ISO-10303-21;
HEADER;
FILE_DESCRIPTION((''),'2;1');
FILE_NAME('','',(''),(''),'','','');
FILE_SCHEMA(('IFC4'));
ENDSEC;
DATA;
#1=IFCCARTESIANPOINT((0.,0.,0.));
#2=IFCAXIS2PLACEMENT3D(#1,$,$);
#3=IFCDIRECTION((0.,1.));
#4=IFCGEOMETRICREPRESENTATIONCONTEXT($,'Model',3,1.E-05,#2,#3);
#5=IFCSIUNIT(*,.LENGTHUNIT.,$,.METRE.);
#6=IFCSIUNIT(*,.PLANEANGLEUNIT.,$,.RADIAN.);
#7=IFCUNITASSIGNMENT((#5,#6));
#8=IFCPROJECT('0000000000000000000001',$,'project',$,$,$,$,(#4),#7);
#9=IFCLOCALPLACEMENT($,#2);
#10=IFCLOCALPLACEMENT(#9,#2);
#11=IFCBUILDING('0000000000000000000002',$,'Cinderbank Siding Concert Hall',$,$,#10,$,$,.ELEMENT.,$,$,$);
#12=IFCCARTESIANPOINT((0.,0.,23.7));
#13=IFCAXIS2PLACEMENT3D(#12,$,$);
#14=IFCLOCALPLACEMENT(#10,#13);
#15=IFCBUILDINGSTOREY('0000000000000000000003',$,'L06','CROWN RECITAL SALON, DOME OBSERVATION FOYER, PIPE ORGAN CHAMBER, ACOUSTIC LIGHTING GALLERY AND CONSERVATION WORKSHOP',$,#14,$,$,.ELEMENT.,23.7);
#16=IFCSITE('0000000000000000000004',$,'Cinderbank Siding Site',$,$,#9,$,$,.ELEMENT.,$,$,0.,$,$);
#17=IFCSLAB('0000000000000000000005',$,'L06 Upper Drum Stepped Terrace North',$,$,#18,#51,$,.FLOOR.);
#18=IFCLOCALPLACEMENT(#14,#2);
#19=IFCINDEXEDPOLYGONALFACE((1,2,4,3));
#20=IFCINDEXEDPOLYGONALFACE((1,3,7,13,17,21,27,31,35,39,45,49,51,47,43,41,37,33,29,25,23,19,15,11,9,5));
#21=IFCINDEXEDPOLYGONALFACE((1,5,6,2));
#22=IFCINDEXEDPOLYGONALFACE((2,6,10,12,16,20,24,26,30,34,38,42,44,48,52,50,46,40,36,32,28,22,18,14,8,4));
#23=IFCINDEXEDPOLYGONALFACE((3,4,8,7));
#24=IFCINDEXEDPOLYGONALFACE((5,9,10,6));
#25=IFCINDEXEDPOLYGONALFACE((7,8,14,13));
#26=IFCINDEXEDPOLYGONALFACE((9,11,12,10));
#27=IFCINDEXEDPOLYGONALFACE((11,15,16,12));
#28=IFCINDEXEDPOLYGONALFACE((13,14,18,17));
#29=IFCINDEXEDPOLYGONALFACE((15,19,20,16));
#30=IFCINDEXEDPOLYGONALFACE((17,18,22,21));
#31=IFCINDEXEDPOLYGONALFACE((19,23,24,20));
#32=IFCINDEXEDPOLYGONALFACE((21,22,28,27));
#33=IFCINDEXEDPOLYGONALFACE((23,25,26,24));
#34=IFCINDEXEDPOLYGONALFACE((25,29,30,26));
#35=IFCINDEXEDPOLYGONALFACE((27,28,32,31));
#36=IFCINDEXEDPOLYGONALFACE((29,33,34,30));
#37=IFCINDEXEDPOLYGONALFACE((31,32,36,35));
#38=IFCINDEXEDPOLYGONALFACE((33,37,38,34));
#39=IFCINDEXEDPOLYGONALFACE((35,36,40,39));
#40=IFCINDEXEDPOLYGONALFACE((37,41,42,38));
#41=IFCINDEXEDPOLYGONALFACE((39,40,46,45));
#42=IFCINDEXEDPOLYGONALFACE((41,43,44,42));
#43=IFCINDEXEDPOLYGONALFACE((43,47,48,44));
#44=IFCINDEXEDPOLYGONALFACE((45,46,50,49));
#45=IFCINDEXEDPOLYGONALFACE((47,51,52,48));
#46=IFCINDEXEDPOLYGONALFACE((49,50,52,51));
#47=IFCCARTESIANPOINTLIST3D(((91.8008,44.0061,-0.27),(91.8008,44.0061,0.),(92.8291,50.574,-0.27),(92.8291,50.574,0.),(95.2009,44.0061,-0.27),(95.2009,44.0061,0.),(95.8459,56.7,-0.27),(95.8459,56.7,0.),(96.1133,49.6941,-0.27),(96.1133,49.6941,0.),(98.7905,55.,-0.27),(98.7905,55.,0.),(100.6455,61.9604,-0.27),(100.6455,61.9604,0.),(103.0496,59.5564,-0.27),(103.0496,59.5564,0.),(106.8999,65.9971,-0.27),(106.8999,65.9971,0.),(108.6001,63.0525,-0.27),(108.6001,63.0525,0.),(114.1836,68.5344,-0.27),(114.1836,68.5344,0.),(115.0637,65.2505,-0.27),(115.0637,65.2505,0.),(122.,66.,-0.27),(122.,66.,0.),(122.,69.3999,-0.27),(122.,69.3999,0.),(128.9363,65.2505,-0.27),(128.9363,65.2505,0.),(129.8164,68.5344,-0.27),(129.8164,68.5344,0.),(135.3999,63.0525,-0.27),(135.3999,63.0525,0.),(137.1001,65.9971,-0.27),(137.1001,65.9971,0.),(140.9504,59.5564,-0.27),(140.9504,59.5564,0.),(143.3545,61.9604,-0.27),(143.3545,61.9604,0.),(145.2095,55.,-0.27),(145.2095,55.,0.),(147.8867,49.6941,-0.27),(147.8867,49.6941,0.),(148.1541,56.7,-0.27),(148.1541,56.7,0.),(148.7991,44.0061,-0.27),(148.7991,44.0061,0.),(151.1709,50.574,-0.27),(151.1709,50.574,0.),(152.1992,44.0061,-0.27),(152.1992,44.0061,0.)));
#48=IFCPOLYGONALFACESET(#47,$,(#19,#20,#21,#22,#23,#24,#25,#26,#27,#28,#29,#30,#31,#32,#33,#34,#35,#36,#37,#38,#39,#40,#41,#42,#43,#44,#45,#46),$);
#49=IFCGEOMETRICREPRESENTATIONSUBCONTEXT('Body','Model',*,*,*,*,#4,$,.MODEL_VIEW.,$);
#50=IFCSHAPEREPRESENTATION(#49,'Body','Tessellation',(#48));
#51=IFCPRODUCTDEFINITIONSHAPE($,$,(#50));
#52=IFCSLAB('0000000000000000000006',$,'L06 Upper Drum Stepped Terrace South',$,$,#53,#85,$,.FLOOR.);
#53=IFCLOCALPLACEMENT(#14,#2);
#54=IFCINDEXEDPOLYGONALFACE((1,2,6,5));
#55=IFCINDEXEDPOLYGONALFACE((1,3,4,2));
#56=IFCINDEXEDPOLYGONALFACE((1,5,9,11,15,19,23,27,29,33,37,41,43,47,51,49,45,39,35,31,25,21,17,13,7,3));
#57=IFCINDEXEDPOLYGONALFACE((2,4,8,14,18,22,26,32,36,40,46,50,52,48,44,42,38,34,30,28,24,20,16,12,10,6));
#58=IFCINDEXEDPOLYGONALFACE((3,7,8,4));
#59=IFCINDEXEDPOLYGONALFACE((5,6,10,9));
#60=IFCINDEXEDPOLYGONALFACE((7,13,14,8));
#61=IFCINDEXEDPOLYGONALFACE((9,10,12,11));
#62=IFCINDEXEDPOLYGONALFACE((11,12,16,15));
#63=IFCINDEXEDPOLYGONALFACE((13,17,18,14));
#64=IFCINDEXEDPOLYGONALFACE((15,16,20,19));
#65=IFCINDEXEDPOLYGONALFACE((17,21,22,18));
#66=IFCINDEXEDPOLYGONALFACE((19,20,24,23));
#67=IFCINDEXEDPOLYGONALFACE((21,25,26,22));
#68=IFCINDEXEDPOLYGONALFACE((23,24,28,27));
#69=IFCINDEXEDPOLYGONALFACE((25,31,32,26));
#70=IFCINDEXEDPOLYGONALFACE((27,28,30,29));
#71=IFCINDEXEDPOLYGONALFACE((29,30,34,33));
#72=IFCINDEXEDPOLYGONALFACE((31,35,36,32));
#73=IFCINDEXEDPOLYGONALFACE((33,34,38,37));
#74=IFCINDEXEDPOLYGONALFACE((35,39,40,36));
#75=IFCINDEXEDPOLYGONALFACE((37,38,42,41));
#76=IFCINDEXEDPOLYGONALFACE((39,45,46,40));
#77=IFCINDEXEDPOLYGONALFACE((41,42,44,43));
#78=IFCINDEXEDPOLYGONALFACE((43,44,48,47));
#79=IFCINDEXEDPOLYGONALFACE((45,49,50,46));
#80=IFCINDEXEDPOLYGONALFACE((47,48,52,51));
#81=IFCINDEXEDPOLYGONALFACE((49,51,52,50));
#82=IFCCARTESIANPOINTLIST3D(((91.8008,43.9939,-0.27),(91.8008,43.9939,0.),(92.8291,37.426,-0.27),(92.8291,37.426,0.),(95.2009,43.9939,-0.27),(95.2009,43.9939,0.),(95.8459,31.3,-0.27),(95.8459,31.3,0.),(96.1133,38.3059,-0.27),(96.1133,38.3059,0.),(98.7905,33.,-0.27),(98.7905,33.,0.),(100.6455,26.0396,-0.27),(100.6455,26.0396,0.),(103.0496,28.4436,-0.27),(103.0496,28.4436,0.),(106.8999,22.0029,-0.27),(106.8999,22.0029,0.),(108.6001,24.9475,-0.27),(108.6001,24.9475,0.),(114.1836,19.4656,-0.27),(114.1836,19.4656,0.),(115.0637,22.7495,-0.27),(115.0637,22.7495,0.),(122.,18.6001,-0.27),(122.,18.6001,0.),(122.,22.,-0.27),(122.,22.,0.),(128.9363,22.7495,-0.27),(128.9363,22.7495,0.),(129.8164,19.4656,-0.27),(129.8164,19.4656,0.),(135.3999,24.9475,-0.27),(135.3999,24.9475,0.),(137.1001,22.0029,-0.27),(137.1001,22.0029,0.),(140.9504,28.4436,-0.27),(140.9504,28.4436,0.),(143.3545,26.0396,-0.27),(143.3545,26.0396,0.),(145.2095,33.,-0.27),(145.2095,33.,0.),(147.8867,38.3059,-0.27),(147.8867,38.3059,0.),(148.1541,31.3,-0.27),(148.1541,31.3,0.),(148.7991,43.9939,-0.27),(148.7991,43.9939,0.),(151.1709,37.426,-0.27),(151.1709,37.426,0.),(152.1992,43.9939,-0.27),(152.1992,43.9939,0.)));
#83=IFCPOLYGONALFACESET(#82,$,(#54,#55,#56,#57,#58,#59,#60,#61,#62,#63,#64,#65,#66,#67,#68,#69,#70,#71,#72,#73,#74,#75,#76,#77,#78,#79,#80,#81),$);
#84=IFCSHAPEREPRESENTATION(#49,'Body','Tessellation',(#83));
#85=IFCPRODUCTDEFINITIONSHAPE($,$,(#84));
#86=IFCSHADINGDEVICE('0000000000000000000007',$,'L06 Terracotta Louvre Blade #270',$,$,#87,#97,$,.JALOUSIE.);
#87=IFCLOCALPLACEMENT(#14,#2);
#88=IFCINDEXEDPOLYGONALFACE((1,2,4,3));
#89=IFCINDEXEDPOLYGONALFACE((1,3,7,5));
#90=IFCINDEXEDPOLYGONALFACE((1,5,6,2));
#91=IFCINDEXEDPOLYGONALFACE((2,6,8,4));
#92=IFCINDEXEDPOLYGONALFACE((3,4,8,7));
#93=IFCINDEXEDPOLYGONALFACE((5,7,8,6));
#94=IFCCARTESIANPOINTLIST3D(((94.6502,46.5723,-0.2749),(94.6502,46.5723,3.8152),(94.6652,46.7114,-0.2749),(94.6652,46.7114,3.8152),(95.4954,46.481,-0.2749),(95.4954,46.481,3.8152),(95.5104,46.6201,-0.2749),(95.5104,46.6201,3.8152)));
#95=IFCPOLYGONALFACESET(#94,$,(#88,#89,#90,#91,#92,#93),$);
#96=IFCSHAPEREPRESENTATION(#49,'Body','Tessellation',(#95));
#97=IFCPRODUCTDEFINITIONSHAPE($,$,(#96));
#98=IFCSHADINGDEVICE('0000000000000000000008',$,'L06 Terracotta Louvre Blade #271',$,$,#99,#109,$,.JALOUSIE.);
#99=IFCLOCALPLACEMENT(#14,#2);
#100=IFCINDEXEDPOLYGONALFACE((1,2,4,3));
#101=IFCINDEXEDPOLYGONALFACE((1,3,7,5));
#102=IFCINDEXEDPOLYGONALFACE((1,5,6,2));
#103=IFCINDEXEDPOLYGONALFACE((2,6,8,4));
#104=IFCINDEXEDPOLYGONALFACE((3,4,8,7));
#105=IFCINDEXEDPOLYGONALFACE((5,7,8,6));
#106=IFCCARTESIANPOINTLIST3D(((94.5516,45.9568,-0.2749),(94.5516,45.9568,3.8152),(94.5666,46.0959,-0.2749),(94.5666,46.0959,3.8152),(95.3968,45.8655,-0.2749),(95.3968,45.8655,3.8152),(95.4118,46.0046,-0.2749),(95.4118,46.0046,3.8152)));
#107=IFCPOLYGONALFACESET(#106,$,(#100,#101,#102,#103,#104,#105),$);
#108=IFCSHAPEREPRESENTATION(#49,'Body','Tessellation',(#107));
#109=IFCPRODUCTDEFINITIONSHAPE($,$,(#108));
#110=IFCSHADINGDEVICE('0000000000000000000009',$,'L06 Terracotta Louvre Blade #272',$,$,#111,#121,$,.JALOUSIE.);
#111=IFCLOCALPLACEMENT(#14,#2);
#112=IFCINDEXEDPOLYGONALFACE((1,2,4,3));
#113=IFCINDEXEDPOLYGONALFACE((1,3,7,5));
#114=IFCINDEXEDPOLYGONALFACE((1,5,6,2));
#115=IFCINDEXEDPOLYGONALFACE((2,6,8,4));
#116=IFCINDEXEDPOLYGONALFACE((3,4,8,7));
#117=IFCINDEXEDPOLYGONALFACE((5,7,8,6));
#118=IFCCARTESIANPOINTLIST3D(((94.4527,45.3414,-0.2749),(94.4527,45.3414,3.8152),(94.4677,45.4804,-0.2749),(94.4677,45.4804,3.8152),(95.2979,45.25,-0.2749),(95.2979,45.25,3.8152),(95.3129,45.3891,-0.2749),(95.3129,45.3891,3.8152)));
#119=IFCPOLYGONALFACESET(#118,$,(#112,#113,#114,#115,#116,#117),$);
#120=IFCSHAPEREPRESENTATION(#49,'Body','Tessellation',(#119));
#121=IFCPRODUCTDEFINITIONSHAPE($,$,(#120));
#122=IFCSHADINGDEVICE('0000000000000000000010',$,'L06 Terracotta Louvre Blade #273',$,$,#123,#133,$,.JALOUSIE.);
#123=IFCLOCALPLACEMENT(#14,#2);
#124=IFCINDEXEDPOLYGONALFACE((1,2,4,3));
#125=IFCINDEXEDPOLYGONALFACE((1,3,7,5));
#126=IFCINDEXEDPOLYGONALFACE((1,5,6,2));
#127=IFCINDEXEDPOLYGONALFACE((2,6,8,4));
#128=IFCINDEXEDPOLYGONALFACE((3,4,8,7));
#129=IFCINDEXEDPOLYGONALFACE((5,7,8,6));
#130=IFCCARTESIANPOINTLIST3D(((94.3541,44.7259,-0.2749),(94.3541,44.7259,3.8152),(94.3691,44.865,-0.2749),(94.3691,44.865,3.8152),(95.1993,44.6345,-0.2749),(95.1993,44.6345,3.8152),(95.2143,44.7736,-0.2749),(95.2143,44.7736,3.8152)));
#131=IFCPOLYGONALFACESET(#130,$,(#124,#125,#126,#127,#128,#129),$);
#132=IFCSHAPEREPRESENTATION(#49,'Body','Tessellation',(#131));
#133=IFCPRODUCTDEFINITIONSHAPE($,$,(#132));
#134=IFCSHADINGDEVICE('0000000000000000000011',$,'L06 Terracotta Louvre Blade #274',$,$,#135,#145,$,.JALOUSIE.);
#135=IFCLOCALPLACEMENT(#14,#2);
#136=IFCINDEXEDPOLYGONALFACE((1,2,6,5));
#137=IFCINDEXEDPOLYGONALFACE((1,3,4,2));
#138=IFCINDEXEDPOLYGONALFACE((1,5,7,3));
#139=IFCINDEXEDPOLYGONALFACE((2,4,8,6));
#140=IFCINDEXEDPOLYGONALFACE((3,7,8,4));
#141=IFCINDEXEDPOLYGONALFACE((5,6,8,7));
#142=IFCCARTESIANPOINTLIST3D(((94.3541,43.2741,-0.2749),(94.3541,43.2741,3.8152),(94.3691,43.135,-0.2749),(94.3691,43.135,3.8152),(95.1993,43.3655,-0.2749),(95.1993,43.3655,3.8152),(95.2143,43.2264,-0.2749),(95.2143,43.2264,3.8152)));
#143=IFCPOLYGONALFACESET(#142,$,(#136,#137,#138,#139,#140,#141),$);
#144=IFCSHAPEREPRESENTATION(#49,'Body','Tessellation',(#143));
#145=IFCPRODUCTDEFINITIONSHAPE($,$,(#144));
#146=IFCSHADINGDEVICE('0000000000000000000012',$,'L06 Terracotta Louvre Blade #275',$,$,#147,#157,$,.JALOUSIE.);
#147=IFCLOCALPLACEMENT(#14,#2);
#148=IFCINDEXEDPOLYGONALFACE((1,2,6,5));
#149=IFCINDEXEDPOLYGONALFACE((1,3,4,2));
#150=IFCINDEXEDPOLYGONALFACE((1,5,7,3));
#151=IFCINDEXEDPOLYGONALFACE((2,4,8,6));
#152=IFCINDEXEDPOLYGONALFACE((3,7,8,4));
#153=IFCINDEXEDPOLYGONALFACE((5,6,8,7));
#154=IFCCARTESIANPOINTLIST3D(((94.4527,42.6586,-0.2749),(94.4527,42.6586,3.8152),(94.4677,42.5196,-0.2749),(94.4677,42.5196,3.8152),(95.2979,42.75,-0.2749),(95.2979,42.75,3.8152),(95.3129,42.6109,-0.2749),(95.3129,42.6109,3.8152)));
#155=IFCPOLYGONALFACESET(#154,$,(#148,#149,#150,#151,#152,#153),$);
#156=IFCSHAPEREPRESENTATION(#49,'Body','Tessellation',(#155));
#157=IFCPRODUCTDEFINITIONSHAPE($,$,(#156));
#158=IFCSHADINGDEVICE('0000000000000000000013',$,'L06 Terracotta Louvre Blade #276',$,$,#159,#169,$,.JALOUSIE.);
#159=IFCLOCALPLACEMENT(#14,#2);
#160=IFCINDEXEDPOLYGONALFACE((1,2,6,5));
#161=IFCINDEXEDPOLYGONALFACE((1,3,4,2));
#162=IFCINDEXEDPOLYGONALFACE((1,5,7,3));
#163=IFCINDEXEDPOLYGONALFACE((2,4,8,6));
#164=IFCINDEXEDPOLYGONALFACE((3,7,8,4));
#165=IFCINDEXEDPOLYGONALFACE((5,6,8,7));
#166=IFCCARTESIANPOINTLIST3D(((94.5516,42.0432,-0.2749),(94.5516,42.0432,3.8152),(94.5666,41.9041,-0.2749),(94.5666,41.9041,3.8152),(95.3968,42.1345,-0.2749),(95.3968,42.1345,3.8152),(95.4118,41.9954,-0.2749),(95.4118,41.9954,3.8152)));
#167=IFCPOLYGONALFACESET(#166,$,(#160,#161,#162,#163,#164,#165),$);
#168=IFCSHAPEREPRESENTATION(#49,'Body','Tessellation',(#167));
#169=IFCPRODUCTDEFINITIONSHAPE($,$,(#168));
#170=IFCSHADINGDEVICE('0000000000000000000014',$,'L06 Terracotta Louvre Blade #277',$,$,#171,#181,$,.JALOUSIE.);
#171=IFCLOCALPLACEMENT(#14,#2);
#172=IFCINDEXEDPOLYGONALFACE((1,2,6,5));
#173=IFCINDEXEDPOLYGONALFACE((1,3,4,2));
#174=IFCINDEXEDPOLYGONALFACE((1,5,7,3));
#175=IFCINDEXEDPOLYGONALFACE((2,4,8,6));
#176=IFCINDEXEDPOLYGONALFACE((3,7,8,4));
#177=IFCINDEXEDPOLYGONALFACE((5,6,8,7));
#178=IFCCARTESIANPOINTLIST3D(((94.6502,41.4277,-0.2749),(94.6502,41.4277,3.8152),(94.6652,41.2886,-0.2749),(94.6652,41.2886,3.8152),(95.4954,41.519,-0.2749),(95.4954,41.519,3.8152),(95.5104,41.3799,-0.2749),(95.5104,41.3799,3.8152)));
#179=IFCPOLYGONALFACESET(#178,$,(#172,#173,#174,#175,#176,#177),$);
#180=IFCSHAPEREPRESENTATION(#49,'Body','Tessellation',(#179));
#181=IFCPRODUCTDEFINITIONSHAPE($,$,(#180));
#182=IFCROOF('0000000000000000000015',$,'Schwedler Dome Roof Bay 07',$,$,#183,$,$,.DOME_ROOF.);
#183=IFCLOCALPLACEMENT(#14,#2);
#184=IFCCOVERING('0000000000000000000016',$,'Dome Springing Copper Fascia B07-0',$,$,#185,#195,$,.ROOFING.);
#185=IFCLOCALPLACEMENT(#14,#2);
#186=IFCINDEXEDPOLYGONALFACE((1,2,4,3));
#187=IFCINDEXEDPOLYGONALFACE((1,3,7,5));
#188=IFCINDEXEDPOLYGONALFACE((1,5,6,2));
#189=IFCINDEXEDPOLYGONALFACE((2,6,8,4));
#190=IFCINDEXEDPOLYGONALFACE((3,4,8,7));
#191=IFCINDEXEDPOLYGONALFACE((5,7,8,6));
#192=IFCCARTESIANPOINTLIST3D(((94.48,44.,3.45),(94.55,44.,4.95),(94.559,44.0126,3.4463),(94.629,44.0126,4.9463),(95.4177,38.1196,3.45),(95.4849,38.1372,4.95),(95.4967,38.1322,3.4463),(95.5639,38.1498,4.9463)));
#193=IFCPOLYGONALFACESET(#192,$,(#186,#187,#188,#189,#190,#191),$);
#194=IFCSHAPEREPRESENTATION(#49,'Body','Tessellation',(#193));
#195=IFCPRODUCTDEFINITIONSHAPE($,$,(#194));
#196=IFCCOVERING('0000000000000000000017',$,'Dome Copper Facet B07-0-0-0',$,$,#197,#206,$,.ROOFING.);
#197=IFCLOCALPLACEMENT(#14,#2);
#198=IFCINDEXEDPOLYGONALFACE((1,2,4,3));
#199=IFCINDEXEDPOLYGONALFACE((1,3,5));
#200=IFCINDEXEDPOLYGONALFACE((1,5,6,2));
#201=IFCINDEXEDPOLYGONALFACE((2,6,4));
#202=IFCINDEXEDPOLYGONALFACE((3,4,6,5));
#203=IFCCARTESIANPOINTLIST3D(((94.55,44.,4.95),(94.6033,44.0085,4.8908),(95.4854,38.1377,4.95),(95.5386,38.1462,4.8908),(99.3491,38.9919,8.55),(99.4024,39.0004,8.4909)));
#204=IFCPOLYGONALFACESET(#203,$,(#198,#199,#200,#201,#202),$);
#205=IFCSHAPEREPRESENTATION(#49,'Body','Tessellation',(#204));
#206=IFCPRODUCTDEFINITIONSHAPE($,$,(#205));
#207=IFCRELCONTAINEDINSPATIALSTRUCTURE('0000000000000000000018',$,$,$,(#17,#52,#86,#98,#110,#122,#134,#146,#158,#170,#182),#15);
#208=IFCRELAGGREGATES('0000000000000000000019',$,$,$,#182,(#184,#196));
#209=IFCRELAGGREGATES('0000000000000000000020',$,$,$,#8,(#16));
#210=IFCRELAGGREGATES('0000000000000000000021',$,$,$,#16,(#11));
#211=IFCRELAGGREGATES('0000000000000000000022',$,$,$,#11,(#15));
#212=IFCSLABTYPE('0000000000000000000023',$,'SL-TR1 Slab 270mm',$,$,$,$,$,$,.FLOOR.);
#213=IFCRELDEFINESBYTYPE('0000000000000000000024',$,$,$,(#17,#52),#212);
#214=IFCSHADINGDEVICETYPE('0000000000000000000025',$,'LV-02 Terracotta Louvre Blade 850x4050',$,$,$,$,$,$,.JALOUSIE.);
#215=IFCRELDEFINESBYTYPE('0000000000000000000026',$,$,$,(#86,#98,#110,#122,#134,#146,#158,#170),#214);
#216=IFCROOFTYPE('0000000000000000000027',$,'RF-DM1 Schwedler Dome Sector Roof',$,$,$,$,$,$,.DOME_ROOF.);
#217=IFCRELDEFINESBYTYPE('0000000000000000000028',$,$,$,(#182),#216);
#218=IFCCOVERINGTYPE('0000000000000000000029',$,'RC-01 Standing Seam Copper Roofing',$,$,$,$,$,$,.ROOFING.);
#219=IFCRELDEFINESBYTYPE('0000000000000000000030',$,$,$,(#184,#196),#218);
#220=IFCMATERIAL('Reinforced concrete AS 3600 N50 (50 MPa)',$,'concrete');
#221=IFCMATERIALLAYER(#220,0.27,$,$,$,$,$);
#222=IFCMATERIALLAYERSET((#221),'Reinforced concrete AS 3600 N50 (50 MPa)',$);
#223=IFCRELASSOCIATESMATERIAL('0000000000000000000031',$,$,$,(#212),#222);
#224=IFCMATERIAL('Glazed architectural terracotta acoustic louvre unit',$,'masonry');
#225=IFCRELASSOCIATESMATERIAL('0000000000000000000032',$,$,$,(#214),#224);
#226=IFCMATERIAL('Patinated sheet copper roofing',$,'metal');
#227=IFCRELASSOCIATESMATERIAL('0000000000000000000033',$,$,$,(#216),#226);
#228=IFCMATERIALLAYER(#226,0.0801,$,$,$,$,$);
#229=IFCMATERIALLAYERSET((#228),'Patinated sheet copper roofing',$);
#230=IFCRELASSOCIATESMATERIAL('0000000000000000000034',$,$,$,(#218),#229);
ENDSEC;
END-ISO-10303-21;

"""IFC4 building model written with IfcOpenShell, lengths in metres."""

from ifc_helpers import new_model, si_unit, direction, frame, origin, origin_2d, place, context, subcontext, project, spatial, polyline, rectangle, outline, extrude, material, layer, layer_set, type_object, element, aggregate, save


model = new_model("IFC4")

# Units and contexts
model_context = context("Model", 3, precision=1e-05, world=origin(), true_north=direction((0.0, 1.0)))
body_context = subcontext(model_context, "Body", "Model", "MODEL_VIEW")
ifc_project = project(units=[si_unit("LENGTHUNIT", "METRE"), si_unit("PLANEANGLEUNIT", "RADIAN")], contexts=[model_context])

# Site, building, storey
site_placement = place(None, origin())
site = spatial("IfcSite", under=ifc_project, at=site_placement, Name="Cinderbank Siding Site", CompositionType="ELEMENT", RefElevation=0.0)
building_placement = place(site_placement, origin())
building = spatial("IfcBuilding", under=site, at=building_placement, Name="Cinderbank Siding Concert Hall", CompositionType="ELEMENT")
storey_placement = place(building_placement, frame((0.0, 0.0, 23.7)))
storey = spatial("IfcBuildingStorey", under=building, at=storey_placement, Name="L06", Description="CROWN RECITAL SALON, DOME OBSERVATION FOYER, PIPE ORGAN CHAMBER, ACOUSTIC LIGHTING GALLERY AND CONSERVATION WORKSHOP", CompositionType="ELEMENT", Elevation=23.7)

# Slabs
ifc_material_1 = material(Name="Reinforced concrete AS 3600 N50 (50 MPa)", Category="concrete")
ifc_layer_1 = layer(ifc_material_1, 0.27)
ifc_layer_set_1 = layer_set([ifc_layer_1], Name="Reinforced concrete AS 3600 N50 (50 MPa)")
slab_type_1 = type_object("IfcSlabType", Name="SL-TR1 Slab 270mm", PredefinedType="FLOOR", material=ifc_layer_set_1)
slab_1_placement = place(storey_placement, frame((0.0, 0.0, -0.27)))
element("IfcSlab", 1, at=slab_1_placement, inside=storey, type_object=slab_type_1, Name="L06 Upper Drum Stepped Terrace North", PredefinedType="FLOOR", context=body_context, shape_type="SweptSolid", body=[
    extrude(outline(polyline([(92.8291, 50.574), (95.8459, 56.7), (100.6455, 61.9604), (106.8999, 65.9971), (114.1836, 68.5344), (122.0, 69.3999), (129.8164, 68.5344), (137.1001, 65.9971), (143.3545, 61.9604), (148.1541, 56.7), (151.1709, 50.574), (152.1992, 44.0061), (148.7991, 44.0061), (147.8867, 49.6941), (145.2095, 55.0), (140.9504, 59.5564), (135.3999, 63.0525), (128.9363, 65.2505), (122.0, 66.0), (115.0637, 65.2505), (108.6001, 63.0525), (103.0496, 59.5564), (98.7905, 55.0), (96.1133, 49.6941), (95.2009, 44.0061), (91.8008, 44.0061), (92.8291, 50.574)])), origin(), (0.0, 0.0, 1.0), 0.27),
])
slab_2_placement = place(storey_placement, frame((0.0, 0.0, -0.27)))
element("IfcSlab", 2, at=slab_2_placement, inside=storey, type_object=slab_type_1, Name="L06 Upper Drum Stepped Terrace South", PredefinedType="FLOOR", context=body_context, shape_type="SweptSolid", body=[
    extrude(outline(polyline([(148.1541, 31.3), (143.3545, 26.0396), (137.1001, 22.0029), (129.8164, 19.4656), (122.0, 18.6001), (114.1836, 19.4656), (106.8999, 22.0029), (100.6455, 26.0396), (95.8459, 31.3), (92.8291, 37.426), (91.8008, 43.9939), (95.2009, 43.9939), (96.1133, 38.3059), (98.7905, 33.0), (103.0496, 28.4436), (108.6001, 24.9475), (115.0637, 22.7495), (122.0, 22.0), (128.9363, 22.7495), (135.3999, 24.9475), (140.9504, 28.4436), (145.2095, 33.0), (147.8867, 38.3059), (148.7991, 43.9939), (152.1992, 43.9939), (151.1709, 37.426), (148.1541, 31.3)])), origin(), (0.0, 0.0, 1.0), 0.27),
])

# Shading devices
ifc_material_2 = material(Name="Glazed architectural terracotta acoustic louvre unit", Category="masonry")
shading_device_type = type_object("IfcShadingDeviceType", Name="LV-02 Terracotta Louvre Blade 850x4050", PredefinedType="JALOUSIE", material=ifc_material_2)
for number, where, z_axis, x_axis, name in (
    (3, (95.0803, 46.5962, -0.2749), (0.0, 0.0, 1.0), (-0.994211, 0.107447, 0.0), "L06 Terracotta Louvre Blade #270"),
    (4, (94.9817, 45.9807, -0.2749), (0.0, 0.0, 1.0), (-0.994211, 0.107447, 0.0), "L06 Terracotta Louvre Blade #271"),
    (5, (94.8828, 45.3652, -0.2749), (0.0, 0.0, 1.0), (-0.994211, 0.107447, 0.0), "L06 Terracotta Louvre Blade #272"),
    (6, (94.7842, 44.7498, -0.2749), (0.0, 0.0, 1.0), (-0.994211, 0.107447, 0.0), "L06 Terracotta Louvre Blade #273"),
    (7, (94.7842, 43.2502, -0.2749), (0.0, 0.0, 1.0), (-0.994211, -0.107447, 0.0), "L06 Terracotta Louvre Blade #274"),
    (8, (94.8828, 42.6348, -0.2749), (0.0, 0.0, 1.0), (-0.994211, -0.107447, 0.0), "L06 Terracotta Louvre Blade #275"),
    (9, (94.9817, 42.0193, -0.2749), (0.0, 0.0, 1.0), (-0.994211, -0.107447, 0.0), "L06 Terracotta Louvre Blade #276"),
    (10, (95.0803, 41.4038, -0.2749), (0.0, 0.0, 1.0), (-0.994211, -0.107447, 0.0), "L06 Terracotta Louvre Blade #277"),
):
    element("IfcShadingDevice", number, at=place(storey_placement, frame(where, z_axis=z_axis, x_axis=x_axis)), inside=storey, type_object=shading_device_type, Name=name, PredefinedType="JALOUSIE", context=body_context, shape_type="SweptSolid", body=[
        extrude(rectangle(XDim=0.8501, YDim=0.1399, at=origin_2d()), origin(), (0.0, 0.0, 1.0), 4.0901),
    ])

# Roof, coverings
ifc_material_3 = material(Name="Patinated sheet copper roofing", Category="metal")
roof_type = type_object("IfcRoofType", Name="RF-DM1 Schwedler Dome Sector Roof", PredefinedType="DOME_ROOF", material=ifc_material_3)
roof_placement = place(storey_placement, origin())
roof = element("IfcRoof", 11, at=roof_placement, inside=storey, type_object=roof_type, Name="Schwedler Dome Roof Bay 07", PredefinedType="DOME_ROOF")
ifc_layer_2 = layer(ifc_material_3, 0.0801)
ifc_layer_set_2 = layer_set([ifc_layer_2], Name="Patinated sheet copper roofing")
covering_type = type_object("IfcCoveringType", Name="RC-01 Standing Seam Copper Roofing", PredefinedType="ROOFING", material=ifc_layer_set_2)
covering_1_placement = place(storey_placement, frame((94.48, 44.0, 3.45), z_axis=(-0.986477, -0.157303, 0.046039), x_axis=(0.15747, -0.987524, 0.0)))
covering_1 = element("IfcCovering", 12, at=covering_1_placement, type_object=covering_type, Name="Dome Springing Copper Fascia B07-0", PredefinedType="ROOFING", context=body_context, shape_type="SweptSolid", body=[
    extrude(outline(polyline([(0.0, 0.0), (5.9547, 0.0), (5.9479, 1.5016), (0.011, 1.5016), (0.0, 0.0)])), origin(), (0.0, 0.0, -1.0), 0.0801),
])
covering_2_placement = place(storey_placement, frame((94.55, 44.0, 4.95), z_axis=(-0.665191, -0.106128, 0.739092), x_axis=(0.157553, -0.987511, 0.0)))
covering_2 = element("IfcCovering", 13, at=covering_2_placement, type_object=covering_type, Name="Dome Copper Facet B07-0-0-0", PredefinedType="ROOFING", context=body_context, shape_type="SweptSolid", body=[
    extrude(outline(polyline([(0.0, 0.0), (5.9364, 0.0), (5.7016, 5.3445), (0.0, 0.0)])), origin(), (0.0, 0.0, -1.0), 0.0801),
])
aggregate(roof, [covering_1, covering_2])

save(model, "model.ifc")
